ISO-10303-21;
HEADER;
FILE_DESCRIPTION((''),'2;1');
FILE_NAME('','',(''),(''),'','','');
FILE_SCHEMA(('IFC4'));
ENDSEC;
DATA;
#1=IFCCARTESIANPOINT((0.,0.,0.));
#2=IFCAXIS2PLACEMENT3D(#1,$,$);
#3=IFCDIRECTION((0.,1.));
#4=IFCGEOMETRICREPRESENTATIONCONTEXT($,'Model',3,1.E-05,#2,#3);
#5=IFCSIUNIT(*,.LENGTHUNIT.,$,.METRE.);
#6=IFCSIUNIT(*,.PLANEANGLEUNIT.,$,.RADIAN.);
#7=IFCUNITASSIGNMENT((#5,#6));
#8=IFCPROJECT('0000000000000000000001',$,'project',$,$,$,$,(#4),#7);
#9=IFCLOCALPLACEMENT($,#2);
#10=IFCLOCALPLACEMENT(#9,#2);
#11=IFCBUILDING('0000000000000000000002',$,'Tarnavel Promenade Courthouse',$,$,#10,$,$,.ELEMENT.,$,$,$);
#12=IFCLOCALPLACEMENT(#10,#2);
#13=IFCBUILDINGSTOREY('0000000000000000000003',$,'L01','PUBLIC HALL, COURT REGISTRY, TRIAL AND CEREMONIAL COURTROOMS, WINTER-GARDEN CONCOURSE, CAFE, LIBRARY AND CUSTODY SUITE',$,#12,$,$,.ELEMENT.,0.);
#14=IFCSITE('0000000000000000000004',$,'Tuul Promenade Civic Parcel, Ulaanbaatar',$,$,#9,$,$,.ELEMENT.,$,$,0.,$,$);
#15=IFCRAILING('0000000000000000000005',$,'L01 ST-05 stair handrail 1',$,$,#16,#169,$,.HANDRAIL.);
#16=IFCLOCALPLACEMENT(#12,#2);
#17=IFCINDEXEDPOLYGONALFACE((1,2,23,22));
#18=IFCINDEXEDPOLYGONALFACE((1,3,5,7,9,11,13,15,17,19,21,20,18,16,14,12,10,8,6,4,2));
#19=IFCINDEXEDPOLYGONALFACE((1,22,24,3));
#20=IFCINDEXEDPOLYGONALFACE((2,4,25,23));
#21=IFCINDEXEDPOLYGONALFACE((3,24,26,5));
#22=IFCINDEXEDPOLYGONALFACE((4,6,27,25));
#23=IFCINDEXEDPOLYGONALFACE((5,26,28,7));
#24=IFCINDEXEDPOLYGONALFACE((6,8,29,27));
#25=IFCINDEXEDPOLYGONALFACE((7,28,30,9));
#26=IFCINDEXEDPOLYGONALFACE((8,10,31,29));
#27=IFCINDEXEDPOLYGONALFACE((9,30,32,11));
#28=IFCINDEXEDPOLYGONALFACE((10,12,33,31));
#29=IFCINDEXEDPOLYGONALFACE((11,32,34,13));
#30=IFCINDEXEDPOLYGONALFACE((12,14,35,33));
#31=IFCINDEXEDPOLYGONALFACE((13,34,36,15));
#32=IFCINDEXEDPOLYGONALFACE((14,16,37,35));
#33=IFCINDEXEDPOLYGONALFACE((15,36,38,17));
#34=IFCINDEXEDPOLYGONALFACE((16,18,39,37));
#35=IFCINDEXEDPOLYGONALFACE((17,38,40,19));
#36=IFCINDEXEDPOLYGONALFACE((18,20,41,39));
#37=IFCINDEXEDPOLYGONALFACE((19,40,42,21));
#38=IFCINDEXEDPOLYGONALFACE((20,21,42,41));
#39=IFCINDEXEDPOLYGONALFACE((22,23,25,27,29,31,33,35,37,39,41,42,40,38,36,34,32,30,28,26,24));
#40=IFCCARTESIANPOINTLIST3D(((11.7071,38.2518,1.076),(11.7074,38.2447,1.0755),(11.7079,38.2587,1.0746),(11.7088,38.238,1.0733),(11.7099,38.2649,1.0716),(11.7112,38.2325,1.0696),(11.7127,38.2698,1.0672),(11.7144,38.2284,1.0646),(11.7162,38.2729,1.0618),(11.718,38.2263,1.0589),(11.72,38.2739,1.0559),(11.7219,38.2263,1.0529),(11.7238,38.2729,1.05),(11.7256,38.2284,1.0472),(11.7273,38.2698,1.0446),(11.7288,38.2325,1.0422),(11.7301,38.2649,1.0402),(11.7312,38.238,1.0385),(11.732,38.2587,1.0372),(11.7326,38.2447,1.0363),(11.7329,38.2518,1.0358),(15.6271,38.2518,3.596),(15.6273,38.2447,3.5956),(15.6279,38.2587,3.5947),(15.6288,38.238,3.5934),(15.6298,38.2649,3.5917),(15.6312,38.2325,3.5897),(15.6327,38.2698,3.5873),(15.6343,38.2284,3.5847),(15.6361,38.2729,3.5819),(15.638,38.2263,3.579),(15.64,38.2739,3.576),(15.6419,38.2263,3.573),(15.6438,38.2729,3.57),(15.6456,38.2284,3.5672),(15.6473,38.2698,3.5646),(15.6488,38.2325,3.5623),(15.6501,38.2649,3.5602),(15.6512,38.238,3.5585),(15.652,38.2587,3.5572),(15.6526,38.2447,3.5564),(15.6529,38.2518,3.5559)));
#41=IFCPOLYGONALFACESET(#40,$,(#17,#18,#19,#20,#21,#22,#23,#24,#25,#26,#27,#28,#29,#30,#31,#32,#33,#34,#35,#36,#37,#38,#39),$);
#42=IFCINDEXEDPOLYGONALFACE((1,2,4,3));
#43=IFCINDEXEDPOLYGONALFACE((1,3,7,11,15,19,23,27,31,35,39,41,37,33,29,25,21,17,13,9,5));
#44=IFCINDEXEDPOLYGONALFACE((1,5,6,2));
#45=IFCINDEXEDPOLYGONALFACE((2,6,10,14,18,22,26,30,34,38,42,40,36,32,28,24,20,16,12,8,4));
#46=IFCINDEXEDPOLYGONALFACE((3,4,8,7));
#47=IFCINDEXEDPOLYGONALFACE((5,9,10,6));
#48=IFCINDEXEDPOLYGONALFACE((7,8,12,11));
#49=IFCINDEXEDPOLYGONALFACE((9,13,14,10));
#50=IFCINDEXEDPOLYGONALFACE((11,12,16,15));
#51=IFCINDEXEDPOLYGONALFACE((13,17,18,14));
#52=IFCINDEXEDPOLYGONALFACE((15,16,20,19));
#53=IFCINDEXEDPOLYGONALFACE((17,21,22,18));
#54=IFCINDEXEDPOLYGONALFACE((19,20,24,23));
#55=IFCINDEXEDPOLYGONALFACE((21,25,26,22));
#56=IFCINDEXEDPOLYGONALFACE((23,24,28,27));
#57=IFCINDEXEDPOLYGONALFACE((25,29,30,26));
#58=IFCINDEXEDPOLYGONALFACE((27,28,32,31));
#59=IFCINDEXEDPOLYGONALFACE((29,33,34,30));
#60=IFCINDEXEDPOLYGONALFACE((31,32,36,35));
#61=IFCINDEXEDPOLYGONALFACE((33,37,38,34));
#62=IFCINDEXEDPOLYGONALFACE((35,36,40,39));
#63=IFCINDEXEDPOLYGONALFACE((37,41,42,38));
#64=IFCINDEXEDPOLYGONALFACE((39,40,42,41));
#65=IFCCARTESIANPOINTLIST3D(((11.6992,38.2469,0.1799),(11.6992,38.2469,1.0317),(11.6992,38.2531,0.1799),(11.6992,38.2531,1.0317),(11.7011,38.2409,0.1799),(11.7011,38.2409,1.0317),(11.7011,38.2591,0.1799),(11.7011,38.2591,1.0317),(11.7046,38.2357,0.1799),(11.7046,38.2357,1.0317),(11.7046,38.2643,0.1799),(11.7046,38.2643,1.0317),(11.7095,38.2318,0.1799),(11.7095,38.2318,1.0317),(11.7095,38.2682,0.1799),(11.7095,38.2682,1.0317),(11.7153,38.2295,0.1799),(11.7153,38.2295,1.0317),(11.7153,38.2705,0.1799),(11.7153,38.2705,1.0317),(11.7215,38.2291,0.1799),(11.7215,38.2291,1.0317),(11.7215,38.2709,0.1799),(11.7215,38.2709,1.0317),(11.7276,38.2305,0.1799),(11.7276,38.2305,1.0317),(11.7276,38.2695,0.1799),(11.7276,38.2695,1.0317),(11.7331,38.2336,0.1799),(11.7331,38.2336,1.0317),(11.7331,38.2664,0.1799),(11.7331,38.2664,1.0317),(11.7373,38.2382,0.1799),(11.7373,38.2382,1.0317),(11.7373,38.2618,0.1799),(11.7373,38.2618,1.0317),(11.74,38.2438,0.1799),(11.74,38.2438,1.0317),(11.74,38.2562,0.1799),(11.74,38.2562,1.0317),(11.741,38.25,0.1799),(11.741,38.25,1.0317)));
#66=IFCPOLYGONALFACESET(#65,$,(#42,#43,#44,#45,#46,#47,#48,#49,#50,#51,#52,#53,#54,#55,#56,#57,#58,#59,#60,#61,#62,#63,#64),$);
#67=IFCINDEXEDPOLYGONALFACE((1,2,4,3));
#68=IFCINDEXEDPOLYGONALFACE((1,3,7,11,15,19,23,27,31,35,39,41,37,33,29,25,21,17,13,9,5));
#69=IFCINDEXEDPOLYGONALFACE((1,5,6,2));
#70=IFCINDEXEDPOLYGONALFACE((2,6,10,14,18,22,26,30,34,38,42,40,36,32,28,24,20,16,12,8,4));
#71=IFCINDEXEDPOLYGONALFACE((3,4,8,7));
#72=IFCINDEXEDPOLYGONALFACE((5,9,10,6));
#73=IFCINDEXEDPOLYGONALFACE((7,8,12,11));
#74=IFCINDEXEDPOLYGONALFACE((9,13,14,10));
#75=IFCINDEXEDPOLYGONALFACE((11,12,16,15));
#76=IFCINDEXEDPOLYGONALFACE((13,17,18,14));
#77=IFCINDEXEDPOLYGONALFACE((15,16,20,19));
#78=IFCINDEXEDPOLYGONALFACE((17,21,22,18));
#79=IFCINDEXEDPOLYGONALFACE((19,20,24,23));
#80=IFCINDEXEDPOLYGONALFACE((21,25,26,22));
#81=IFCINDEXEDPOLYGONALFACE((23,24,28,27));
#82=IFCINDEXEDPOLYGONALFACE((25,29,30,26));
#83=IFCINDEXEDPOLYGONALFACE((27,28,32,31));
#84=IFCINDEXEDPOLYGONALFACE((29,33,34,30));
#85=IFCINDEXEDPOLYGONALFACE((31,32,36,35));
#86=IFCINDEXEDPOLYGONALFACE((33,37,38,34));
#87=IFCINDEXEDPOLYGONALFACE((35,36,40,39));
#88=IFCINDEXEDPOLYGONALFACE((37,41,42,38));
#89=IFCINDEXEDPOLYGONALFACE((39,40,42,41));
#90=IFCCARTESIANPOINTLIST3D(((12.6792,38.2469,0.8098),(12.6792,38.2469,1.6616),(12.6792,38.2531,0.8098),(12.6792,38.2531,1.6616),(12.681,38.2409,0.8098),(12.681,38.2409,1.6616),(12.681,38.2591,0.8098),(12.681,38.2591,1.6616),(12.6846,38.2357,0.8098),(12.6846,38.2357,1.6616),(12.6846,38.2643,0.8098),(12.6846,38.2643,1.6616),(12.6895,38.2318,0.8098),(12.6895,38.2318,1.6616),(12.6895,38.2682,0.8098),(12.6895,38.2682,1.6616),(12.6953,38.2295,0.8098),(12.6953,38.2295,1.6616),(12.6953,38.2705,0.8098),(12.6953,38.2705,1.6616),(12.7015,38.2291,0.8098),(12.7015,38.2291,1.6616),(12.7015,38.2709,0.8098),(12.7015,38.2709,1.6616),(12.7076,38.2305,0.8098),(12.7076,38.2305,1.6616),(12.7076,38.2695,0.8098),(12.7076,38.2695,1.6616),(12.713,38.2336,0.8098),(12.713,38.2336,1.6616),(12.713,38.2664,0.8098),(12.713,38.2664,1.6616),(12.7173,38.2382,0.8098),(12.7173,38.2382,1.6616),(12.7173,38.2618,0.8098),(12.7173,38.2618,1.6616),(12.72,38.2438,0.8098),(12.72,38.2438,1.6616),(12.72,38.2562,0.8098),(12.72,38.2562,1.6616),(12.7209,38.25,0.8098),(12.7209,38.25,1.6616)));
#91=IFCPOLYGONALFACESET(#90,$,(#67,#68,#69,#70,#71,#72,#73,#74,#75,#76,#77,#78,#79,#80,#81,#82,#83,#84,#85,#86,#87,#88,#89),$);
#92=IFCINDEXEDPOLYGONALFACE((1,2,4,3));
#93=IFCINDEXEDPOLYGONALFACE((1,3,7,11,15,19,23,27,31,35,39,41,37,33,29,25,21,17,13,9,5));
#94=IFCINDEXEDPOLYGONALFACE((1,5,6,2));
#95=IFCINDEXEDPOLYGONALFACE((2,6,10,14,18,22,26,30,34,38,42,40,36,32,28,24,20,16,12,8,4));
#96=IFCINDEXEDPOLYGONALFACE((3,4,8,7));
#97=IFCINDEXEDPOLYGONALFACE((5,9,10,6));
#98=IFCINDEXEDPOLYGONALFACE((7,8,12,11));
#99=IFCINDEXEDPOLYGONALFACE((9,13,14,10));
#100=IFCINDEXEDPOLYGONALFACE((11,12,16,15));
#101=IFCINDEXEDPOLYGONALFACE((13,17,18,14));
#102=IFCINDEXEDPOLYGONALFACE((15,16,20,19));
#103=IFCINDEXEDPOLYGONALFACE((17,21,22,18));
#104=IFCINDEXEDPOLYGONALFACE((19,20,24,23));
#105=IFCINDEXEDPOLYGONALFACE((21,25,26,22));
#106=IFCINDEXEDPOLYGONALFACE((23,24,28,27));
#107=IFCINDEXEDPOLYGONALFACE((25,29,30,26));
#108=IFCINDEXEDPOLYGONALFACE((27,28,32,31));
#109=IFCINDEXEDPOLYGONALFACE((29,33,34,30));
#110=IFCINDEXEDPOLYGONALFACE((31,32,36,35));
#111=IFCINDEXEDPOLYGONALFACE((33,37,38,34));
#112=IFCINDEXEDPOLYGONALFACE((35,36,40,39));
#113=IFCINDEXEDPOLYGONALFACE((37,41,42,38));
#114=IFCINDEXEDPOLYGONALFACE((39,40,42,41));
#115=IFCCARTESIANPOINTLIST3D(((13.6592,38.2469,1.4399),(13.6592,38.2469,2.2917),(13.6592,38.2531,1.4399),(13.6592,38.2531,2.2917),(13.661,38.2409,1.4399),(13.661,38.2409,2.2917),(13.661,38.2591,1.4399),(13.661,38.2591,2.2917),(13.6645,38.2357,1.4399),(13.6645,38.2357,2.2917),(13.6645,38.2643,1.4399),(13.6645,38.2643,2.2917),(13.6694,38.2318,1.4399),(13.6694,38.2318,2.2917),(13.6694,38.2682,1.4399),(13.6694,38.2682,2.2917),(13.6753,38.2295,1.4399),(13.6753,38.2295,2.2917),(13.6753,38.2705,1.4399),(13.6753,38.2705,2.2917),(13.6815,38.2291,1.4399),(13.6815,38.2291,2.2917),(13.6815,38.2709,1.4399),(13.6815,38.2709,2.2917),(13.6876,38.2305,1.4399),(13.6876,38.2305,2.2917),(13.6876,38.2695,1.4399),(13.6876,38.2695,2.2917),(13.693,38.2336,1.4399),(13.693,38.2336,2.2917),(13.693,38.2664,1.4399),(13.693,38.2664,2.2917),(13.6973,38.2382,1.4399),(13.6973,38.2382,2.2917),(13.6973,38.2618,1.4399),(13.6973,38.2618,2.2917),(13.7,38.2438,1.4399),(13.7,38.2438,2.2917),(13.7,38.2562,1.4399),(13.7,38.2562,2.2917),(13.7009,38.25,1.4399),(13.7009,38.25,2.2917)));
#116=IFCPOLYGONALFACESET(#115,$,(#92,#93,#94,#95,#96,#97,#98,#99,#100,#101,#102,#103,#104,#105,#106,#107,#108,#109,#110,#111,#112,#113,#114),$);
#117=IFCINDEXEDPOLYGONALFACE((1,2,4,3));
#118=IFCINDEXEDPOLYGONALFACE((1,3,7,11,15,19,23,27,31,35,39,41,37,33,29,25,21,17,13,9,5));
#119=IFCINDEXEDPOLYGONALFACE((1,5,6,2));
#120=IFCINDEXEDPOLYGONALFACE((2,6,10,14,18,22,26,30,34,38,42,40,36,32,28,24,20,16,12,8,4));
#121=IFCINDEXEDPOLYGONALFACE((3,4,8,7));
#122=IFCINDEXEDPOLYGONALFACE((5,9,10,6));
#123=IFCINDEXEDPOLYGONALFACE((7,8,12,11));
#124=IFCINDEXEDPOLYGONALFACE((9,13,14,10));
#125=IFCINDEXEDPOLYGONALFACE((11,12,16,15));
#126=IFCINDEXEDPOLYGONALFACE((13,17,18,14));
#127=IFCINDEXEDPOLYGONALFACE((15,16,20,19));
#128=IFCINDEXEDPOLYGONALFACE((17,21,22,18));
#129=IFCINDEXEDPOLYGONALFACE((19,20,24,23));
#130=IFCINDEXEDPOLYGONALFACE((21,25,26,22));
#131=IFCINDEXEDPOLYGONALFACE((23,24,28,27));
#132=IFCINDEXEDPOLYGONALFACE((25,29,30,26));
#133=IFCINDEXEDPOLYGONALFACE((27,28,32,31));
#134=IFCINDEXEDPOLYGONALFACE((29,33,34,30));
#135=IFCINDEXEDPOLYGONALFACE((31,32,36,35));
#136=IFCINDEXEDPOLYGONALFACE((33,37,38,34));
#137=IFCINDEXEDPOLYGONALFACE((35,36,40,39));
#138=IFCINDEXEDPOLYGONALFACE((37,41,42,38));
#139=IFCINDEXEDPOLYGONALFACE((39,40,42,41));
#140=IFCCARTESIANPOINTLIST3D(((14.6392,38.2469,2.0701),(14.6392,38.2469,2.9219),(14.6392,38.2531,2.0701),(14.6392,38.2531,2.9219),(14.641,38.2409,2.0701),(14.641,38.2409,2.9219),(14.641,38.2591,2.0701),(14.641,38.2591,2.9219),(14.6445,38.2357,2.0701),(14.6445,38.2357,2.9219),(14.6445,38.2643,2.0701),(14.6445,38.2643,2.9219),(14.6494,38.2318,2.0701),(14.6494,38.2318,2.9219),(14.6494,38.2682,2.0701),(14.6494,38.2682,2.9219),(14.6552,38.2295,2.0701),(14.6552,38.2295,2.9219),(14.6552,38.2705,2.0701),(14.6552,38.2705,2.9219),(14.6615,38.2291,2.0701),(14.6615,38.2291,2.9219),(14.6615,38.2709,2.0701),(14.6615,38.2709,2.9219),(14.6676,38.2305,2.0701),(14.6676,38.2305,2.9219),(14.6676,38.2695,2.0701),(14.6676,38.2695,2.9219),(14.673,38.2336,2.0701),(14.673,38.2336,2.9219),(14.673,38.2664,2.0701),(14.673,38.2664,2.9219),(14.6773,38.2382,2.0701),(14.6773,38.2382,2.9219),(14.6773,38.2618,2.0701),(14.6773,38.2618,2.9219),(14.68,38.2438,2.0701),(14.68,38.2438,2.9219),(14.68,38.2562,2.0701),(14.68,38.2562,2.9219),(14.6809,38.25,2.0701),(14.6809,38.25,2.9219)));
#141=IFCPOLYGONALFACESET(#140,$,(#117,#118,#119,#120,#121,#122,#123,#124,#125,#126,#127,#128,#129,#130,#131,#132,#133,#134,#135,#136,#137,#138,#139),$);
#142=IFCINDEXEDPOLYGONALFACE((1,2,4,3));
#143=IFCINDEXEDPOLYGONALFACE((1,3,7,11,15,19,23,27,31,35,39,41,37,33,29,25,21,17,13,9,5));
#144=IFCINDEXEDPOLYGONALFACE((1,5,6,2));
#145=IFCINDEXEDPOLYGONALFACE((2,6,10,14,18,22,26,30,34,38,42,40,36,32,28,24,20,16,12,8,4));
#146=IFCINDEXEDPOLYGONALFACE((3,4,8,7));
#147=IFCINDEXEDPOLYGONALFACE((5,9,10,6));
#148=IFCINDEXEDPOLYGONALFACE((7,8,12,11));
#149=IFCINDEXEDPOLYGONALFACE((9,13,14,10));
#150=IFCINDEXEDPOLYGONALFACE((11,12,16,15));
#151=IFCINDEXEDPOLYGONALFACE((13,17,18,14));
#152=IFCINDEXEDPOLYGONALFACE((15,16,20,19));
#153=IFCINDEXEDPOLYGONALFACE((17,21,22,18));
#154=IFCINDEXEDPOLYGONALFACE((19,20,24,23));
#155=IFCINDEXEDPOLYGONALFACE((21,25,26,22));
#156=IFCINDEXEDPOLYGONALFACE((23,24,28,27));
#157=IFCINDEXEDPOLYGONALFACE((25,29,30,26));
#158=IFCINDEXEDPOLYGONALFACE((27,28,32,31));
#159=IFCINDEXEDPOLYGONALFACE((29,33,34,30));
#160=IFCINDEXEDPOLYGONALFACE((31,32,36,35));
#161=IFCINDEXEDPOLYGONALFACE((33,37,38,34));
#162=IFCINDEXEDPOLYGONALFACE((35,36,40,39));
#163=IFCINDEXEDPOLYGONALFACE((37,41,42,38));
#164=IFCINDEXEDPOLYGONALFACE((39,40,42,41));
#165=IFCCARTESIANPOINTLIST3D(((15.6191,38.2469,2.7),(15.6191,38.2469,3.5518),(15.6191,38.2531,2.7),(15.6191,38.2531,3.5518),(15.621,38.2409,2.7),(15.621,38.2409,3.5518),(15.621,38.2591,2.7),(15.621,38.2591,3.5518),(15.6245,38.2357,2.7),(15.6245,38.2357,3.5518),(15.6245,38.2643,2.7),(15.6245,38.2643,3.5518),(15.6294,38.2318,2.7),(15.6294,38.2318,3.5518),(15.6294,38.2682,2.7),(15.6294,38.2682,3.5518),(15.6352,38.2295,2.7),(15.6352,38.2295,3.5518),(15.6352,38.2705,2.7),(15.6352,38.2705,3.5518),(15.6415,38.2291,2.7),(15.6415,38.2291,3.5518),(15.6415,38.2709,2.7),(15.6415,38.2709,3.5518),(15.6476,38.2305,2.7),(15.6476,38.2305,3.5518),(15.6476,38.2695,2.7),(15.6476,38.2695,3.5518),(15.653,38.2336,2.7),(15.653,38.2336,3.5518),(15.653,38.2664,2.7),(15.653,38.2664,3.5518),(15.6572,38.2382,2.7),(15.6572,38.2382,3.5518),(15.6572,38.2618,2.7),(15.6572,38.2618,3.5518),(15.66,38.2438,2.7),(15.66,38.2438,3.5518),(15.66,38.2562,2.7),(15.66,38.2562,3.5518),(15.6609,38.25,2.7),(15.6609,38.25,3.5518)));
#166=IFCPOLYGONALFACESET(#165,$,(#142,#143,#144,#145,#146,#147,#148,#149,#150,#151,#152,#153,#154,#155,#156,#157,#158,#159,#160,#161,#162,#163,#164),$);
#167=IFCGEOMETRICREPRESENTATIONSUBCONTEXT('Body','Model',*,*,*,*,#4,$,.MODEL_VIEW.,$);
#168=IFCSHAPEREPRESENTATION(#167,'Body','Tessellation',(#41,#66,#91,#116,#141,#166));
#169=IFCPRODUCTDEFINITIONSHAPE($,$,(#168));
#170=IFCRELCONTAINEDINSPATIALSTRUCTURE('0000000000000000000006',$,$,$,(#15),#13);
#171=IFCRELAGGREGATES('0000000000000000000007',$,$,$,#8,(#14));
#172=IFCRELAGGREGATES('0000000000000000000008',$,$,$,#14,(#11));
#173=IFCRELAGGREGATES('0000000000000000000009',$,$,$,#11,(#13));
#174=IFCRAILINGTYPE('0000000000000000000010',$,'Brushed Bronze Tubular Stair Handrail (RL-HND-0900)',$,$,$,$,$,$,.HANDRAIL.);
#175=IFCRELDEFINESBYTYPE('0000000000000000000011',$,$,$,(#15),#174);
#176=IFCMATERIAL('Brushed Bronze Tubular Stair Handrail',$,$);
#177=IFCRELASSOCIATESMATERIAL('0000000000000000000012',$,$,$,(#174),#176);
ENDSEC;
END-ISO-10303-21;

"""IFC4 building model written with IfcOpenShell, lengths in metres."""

from ifc_helpers import new_model, si_unit, direction, frame, origin, origin_2d, place, context, subcontext, project, spatial, circle, extrude, material, type_object, element, save


model = new_model("IFC4")

# Units and contexts
model_context = context("Model", 3, precision=1e-05, world=origin(), true_north=direction((0.0, 1.0)))
body_context = subcontext(model_context, "Body", "Model", "MODEL_VIEW")
ifc_project = project(units=[si_unit("LENGTHUNIT", "METRE"), si_unit("PLANEANGLEUNIT", "RADIAN")], contexts=[model_context])

# Site, building, storey
site_placement = place(None, origin())
site = spatial("IfcSite", under=ifc_project, at=site_placement, Name="Tuul Promenade Civic Parcel, Ulaanbaatar", CompositionType="ELEMENT", RefElevation=0.0)
building_placement = place(site_placement, origin())
building = spatial("IfcBuilding", under=site, at=building_placement, Name="Tarnavel Promenade Courthouse", CompositionType="ELEMENT")
storey_placement = place(building_placement, origin())
storey = spatial("IfcBuildingStorey", under=building, at=storey_placement, Name="L01", Description="PUBLIC HALL, COURT REGISTRY, TRIAL AND CEREMONIAL COURTROOMS, WINTER-GARDEN CONCOURSE, CAFE, LIBRARY AND CUSTODY SUITE", CompositionType="ELEMENT", Elevation=0.0)

# Railing
ifc_material_1 = material(Name="Brushed Bronze Tubular Stair Handrail")
railing_type_1 = type_object("IfcRailingType", Name="Brushed Bronze Tubular Stair Handrail (RL-HND-0900)", PredefinedType="HANDRAIL", material=ifc_material_1)
railing_1_placement = place(storey_placement, frame((11.72, 38.25, 0.1799)))
element("IfcRailing", 1, at=railing_1_placement, inside=storey, type_object=railing_type_1, Name="L01 ST-05 stair handrail 1", PredefinedType="HANDRAIL", context=body_context, shape_type="SweptSolid", body=[
    extrude(circle(Radius=0.0239, at=origin_2d()), frame((0.0, 0.0, 0.876), z_axis=(0.841172, 0.0, 0.540768), x_axis=(0.0, 1.0, 0.0)), (0.0, 0.0, 1.0), 4.6602),
    extrude(circle(Radius=0.021, at=origin_2d()), origin(), (0.0, 0.0, 1.0), 0.8518),
    extrude(circle(Radius=0.021, at=origin_2d()), frame((0.98, 0.0, 0.6299)), (0.0, 0.0, 1.0), 0.8518),
    extrude(circle(Radius=0.021, at=origin_2d()), frame((1.96, 0.0, 1.26)), (0.0, 0.0, 1.0), 0.8518),
    extrude(circle(Radius=0.021, at=origin_2d()), frame((2.9399, 0.0, 1.8901)), (0.0, 0.0, 1.0), 0.8518),
    extrude(circle(Radius=0.021, at=origin_2d()), frame((3.9199, 0.0, 2.52)), (0.0, 0.0, 1.0), 0.8518),
])

save(model, "model.ifc")
